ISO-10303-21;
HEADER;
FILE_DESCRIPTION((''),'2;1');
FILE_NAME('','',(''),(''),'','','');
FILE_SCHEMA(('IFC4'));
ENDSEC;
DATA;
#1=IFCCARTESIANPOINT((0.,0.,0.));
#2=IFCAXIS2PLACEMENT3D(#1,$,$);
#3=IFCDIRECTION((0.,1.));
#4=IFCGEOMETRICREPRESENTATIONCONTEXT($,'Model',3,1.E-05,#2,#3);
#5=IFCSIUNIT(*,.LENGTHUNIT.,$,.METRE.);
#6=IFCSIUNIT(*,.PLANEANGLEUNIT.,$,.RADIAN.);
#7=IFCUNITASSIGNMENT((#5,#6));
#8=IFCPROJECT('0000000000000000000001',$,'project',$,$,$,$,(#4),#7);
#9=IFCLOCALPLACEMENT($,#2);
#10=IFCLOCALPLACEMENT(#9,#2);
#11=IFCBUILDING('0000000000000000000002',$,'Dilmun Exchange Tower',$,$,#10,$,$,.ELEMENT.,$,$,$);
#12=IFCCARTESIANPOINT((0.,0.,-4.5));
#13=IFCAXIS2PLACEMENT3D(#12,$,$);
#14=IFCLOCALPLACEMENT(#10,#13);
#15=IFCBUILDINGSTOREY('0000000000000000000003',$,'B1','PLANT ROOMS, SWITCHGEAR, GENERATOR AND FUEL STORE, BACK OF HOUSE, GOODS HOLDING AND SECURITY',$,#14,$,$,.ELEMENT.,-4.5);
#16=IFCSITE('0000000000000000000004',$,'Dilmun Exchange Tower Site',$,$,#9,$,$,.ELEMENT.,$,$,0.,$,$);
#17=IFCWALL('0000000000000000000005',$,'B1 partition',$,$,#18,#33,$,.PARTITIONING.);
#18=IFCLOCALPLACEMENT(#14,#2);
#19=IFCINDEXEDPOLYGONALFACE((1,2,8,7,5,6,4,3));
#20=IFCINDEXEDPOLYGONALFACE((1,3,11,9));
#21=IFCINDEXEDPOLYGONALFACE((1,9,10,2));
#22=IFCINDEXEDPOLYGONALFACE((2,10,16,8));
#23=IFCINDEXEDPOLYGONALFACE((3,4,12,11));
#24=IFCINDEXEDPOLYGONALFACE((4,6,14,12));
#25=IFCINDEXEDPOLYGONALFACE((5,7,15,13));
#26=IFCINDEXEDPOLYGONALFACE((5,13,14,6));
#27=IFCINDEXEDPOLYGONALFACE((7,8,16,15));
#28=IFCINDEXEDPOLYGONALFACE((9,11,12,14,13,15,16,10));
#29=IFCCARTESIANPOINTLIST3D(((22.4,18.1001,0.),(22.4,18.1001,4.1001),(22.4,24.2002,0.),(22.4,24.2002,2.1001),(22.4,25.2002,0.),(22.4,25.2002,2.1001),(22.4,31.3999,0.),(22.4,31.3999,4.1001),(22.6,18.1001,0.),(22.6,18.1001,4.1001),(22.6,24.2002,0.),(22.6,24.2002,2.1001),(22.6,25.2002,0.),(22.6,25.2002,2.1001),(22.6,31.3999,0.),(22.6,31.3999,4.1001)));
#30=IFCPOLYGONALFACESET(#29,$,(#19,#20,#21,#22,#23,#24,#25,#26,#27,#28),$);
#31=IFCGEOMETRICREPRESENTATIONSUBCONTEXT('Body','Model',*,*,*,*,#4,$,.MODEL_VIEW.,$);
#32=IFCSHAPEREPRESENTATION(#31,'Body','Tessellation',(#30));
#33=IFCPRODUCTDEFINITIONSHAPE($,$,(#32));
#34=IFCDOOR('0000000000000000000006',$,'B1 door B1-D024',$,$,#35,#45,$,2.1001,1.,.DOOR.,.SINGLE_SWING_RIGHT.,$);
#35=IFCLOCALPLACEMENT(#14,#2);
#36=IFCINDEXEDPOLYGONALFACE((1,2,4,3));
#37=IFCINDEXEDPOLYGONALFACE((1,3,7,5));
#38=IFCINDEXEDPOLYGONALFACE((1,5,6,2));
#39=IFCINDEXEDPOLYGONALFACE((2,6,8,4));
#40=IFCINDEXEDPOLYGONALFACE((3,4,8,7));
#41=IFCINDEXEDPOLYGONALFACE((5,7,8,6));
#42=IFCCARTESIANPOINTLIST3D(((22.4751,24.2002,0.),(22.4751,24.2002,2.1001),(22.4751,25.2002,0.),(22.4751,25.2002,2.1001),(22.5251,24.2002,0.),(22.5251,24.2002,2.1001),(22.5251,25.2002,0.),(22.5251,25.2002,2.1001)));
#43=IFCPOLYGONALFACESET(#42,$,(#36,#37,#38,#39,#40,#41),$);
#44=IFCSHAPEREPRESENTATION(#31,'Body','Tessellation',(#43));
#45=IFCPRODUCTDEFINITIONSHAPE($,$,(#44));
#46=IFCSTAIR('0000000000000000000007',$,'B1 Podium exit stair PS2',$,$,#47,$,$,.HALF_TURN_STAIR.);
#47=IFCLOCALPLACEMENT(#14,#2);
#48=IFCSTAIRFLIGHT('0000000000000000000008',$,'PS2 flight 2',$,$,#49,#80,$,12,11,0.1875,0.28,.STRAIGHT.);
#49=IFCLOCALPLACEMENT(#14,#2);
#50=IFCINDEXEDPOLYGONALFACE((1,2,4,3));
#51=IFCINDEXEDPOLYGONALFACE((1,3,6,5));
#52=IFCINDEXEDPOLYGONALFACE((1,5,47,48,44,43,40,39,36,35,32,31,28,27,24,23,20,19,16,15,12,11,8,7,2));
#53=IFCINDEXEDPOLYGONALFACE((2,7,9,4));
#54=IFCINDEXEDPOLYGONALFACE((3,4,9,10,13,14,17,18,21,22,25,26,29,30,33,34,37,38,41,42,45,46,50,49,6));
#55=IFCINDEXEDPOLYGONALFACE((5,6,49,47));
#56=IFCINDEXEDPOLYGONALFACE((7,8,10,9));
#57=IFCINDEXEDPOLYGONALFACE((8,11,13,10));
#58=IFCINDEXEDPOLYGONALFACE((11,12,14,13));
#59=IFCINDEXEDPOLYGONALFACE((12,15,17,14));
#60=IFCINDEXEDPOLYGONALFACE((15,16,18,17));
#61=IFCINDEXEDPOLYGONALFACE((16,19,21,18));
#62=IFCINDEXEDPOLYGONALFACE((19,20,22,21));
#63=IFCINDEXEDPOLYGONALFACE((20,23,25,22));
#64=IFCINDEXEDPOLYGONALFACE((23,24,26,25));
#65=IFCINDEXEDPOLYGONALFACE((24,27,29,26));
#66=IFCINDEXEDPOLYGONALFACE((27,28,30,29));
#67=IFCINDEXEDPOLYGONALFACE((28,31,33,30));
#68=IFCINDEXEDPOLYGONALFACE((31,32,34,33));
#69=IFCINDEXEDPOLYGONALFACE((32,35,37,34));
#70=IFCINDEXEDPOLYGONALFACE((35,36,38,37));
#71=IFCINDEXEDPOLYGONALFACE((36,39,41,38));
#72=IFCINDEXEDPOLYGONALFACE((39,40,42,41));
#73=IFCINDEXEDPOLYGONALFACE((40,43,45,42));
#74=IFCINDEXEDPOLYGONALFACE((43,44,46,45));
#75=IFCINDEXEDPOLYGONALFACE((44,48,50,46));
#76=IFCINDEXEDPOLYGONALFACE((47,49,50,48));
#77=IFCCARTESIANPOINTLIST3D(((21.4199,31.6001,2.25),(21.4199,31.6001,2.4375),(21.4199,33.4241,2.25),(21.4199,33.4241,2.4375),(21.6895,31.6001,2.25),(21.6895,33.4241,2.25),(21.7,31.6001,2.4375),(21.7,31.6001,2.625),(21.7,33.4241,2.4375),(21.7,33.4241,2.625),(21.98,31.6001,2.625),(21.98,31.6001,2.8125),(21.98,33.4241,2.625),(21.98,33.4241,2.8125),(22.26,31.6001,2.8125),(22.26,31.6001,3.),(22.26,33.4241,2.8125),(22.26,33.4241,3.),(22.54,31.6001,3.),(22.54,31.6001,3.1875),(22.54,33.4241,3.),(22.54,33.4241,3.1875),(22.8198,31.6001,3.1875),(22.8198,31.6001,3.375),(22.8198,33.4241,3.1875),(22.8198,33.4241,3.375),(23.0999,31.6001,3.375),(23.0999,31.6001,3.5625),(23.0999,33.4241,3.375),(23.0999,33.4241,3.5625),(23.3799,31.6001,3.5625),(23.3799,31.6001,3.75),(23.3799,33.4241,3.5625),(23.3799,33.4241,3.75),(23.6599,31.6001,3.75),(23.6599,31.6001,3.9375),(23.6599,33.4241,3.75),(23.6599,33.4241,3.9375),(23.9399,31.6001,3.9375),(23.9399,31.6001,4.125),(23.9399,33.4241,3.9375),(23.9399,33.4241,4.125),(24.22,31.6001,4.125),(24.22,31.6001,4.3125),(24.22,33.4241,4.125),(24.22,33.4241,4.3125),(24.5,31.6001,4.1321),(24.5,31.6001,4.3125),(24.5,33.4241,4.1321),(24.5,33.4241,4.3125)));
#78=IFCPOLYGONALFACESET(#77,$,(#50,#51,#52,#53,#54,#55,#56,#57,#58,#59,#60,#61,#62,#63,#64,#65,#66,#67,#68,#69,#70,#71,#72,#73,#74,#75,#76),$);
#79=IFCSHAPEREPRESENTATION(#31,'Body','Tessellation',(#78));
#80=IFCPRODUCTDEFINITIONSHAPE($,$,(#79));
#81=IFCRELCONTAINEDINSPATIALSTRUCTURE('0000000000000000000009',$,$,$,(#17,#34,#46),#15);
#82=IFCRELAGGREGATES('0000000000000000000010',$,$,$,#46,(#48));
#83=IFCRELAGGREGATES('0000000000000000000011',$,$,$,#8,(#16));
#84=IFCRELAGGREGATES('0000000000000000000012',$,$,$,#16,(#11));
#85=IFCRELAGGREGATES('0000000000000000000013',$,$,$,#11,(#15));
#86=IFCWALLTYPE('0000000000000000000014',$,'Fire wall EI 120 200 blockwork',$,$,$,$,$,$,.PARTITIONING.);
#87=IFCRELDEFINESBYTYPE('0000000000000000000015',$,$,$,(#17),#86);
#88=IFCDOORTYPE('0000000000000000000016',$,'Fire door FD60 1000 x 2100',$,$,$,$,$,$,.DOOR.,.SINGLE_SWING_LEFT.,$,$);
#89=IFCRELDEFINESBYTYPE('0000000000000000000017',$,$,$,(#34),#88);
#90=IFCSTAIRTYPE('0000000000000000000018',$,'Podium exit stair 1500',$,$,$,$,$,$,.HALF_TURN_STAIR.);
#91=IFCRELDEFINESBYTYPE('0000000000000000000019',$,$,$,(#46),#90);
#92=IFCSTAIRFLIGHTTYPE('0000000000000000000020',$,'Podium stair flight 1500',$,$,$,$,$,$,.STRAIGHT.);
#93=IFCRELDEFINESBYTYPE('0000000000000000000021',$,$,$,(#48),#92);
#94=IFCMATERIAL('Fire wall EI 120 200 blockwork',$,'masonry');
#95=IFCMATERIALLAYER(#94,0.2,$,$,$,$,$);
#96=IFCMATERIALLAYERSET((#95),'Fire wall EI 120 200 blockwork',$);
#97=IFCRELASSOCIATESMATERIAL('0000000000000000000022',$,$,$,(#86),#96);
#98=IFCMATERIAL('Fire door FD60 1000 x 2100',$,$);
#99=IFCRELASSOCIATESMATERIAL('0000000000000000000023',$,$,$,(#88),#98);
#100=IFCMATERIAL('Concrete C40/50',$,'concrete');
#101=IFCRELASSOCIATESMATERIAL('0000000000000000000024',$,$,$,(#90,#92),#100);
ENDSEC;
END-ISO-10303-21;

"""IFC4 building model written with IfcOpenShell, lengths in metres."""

from ifc_helpers import new_model, si_unit, direction, frame, frame_2d, origin, place, context, subcontext, project, spatial, polyline, rectangle, outline, extrude, material, layer, layer_set, type_object, element, fill, aggregate, save


model = new_model("IFC4")

# Units and contexts
model_context = context("Model", 3, precision=1e-05, world=origin(), true_north=direction((0.0, 1.0)))
body_context = subcontext(model_context, "Body", "Model", "MODEL_VIEW")
ifc_project = project(units=[si_unit("LENGTHUNIT", "METRE"), si_unit("PLANEANGLEUNIT", "RADIAN")], contexts=[model_context])

# Site, building, storey
site_placement = place(None, origin())
site = spatial("IfcSite", under=ifc_project, at=site_placement, Name="Dilmun Exchange Tower Site", CompositionType="ELEMENT", RefElevation=0.0)
building_placement = place(site_placement, origin())
building = spatial("IfcBuilding", under=site, at=building_placement, Name="Dilmun Exchange Tower", CompositionType="ELEMENT")
storey_placement = place(building_placement, frame((0.0, 0.0, -4.5)))
storey = spatial("IfcBuildingStorey", under=building, at=storey_placement, Name="B1", Description="PLANT ROOMS, SWITCHGEAR, GENERATOR AND FUEL STORE, BACK OF HOUSE, GOODS HOLDING AND SECURITY", CompositionType="ELEMENT", Elevation=-4.5)

# Shared definitions
ifc_material_1 = material(Name="Fire wall EI 120 200 blockwork", Category="masonry")
ifc_layer = layer(ifc_material_1, 0.2)
ifc_layer_set = layer_set([ifc_layer], Name="Fire wall EI 120 200 blockwork")
wall_type = type_object("IfcWallType", Name="Fire wall EI 120 200 blockwork", PredefinedType="PARTITIONING", material=ifc_layer_set)

# Wall, opening, door
wall_1_placement = place(storey_placement, frame((22.5, 18.1001, 0.0), z_axis=(0.0, 0.0, 1.0), x_axis=(0.0, 1.0, 0.0)))
wall_1 = element("IfcWall", 1, at=wall_1_placement, inside=storey, type_object=wall_type, Name="B1 partition", PredefinedType="PARTITIONING", context=body_context, shape_type="SweptSolid", body=[
    extrude(rectangle(XDim=13.2998, YDim=0.2, at=frame_2d((6.6499, 0.0))), origin(), (0.0, 0.0, 1.0), 4.1001),
])
opening_1_placement = place(wall_1_placement, frame((6.1001, 0.0, 0.0)))
opening_1 = element("IfcOpeningElement", 2, at=opening_1_placement, cuts=wall_1, PredefinedType="OPENING", context=body_context, shape_type="SweptSolid", body=[
    extrude(rectangle(XDim=1.0, YDim=2.1001, at=frame_2d((0.5, 1.05))), frame((0.0, 0.1099, 0.0), z_axis=(0.0, -1.0, 0.0), x_axis=(1.0, 0.0, 0.0)), (0.0, 0.0, 1.0), 0.22),
])
ifc_material_2 = material(Name="Fire door FD60 1000 x 2100")
door_type_1 = type_object("IfcDoorType", Name="Fire door FD60 1000 x 2100", OperationType="SINGLE_SWING_LEFT", PredefinedType="DOOR", material=ifc_material_2)
door_1_placement = place(opening_1_placement, origin())
door_1 = element("IfcDoor", 3, at=door_1_placement, inside=storey, type_object=door_type_1, Name="B1 door B1-D024", OperationType="SINGLE_SWING_RIGHT", OverallHeight=2.1001, OverallWidth=1.0, PredefinedType="DOOR", context=body_context, shape_type="SweptSolid", body=[
    extrude(rectangle(XDim=1.0, YDim=2.1001, at=frame_2d((0.5, 1.05))), frame((0.0, 0.0249, 0.0), z_axis=(0.0, -1.0, 0.0), x_axis=(1.0, 0.0, 0.0)), (0.0, 0.0, 1.0), 0.05),
])
fill(opening_1, door_1)

# Stair, stair flight
ifc_material_3 = material(Name="Concrete C40/50", Category="concrete")
stair_type = type_object("IfcStairType", Name="Podium exit stair 1500", PredefinedType="HALF_TURN_STAIR", material=ifc_material_3)
stair_placement = place(storey_placement, origin())
stair = element("IfcStair", 4, at=stair_placement, inside=storey, type_object=stair_type, Name="B1 Podium exit stair PS2", PredefinedType="HALF_TURN_STAIR")
stair_flight_type = type_object("IfcStairFlightType", Name="Podium stair flight 1500", PredefinedType="STRAIGHT", material=ifc_material_3)
stair_flight_placement = place(storey_placement, frame((21.4199, 32.512, 2.25), z_axis=(0.0, 0.0, 1.0), x_axis=(1.0, 0.0, 0.0)))
stair_flight = element("IfcStairFlight", 5, at=stair_flight_placement, type_object=stair_flight_type, Name="PS2 flight 2", NumberOfRisers=12, NumberOfTreads=11, PredefinedType="STRAIGHT", RiserHeight=0.1875, TreadLength=0.28, context=body_context, shape_type="SweptSolid", body=[
    extrude(outline(polyline([(0.0, 0.0), (0.0, 0.1875), (0.28, 0.1875), (0.28, 0.375), (0.5601, 0.375), (0.5601, 0.5625), (0.8401, 0.5625), (0.8401, 0.75), (1.1201, 0.75), (1.1201, 0.9375), (1.3999, 0.9375), (1.3999, 1.125), (1.6799, 1.125), (1.6799, 1.3125), (1.96, 1.3125), (1.96, 1.5), (2.24, 1.5), (2.24, 1.6875), (2.52, 1.6875), (2.52, 1.875), (2.8, 1.875), (2.8, 2.0625), (3.0801, 2.0625), (3.0801, 2.25), (3.0801, 1.8821), (0.2695, 0.0), (0.0, 0.0)])), frame((0.0, 0.9121, 0.0), z_axis=(0.0, -1.0, 0.0), x_axis=(1.0, 0.0, 0.0)), (0.0, 0.0, 1.0), 1.824),
])
aggregate(stair, [stair_flight])

save(model, "model.ifc")
